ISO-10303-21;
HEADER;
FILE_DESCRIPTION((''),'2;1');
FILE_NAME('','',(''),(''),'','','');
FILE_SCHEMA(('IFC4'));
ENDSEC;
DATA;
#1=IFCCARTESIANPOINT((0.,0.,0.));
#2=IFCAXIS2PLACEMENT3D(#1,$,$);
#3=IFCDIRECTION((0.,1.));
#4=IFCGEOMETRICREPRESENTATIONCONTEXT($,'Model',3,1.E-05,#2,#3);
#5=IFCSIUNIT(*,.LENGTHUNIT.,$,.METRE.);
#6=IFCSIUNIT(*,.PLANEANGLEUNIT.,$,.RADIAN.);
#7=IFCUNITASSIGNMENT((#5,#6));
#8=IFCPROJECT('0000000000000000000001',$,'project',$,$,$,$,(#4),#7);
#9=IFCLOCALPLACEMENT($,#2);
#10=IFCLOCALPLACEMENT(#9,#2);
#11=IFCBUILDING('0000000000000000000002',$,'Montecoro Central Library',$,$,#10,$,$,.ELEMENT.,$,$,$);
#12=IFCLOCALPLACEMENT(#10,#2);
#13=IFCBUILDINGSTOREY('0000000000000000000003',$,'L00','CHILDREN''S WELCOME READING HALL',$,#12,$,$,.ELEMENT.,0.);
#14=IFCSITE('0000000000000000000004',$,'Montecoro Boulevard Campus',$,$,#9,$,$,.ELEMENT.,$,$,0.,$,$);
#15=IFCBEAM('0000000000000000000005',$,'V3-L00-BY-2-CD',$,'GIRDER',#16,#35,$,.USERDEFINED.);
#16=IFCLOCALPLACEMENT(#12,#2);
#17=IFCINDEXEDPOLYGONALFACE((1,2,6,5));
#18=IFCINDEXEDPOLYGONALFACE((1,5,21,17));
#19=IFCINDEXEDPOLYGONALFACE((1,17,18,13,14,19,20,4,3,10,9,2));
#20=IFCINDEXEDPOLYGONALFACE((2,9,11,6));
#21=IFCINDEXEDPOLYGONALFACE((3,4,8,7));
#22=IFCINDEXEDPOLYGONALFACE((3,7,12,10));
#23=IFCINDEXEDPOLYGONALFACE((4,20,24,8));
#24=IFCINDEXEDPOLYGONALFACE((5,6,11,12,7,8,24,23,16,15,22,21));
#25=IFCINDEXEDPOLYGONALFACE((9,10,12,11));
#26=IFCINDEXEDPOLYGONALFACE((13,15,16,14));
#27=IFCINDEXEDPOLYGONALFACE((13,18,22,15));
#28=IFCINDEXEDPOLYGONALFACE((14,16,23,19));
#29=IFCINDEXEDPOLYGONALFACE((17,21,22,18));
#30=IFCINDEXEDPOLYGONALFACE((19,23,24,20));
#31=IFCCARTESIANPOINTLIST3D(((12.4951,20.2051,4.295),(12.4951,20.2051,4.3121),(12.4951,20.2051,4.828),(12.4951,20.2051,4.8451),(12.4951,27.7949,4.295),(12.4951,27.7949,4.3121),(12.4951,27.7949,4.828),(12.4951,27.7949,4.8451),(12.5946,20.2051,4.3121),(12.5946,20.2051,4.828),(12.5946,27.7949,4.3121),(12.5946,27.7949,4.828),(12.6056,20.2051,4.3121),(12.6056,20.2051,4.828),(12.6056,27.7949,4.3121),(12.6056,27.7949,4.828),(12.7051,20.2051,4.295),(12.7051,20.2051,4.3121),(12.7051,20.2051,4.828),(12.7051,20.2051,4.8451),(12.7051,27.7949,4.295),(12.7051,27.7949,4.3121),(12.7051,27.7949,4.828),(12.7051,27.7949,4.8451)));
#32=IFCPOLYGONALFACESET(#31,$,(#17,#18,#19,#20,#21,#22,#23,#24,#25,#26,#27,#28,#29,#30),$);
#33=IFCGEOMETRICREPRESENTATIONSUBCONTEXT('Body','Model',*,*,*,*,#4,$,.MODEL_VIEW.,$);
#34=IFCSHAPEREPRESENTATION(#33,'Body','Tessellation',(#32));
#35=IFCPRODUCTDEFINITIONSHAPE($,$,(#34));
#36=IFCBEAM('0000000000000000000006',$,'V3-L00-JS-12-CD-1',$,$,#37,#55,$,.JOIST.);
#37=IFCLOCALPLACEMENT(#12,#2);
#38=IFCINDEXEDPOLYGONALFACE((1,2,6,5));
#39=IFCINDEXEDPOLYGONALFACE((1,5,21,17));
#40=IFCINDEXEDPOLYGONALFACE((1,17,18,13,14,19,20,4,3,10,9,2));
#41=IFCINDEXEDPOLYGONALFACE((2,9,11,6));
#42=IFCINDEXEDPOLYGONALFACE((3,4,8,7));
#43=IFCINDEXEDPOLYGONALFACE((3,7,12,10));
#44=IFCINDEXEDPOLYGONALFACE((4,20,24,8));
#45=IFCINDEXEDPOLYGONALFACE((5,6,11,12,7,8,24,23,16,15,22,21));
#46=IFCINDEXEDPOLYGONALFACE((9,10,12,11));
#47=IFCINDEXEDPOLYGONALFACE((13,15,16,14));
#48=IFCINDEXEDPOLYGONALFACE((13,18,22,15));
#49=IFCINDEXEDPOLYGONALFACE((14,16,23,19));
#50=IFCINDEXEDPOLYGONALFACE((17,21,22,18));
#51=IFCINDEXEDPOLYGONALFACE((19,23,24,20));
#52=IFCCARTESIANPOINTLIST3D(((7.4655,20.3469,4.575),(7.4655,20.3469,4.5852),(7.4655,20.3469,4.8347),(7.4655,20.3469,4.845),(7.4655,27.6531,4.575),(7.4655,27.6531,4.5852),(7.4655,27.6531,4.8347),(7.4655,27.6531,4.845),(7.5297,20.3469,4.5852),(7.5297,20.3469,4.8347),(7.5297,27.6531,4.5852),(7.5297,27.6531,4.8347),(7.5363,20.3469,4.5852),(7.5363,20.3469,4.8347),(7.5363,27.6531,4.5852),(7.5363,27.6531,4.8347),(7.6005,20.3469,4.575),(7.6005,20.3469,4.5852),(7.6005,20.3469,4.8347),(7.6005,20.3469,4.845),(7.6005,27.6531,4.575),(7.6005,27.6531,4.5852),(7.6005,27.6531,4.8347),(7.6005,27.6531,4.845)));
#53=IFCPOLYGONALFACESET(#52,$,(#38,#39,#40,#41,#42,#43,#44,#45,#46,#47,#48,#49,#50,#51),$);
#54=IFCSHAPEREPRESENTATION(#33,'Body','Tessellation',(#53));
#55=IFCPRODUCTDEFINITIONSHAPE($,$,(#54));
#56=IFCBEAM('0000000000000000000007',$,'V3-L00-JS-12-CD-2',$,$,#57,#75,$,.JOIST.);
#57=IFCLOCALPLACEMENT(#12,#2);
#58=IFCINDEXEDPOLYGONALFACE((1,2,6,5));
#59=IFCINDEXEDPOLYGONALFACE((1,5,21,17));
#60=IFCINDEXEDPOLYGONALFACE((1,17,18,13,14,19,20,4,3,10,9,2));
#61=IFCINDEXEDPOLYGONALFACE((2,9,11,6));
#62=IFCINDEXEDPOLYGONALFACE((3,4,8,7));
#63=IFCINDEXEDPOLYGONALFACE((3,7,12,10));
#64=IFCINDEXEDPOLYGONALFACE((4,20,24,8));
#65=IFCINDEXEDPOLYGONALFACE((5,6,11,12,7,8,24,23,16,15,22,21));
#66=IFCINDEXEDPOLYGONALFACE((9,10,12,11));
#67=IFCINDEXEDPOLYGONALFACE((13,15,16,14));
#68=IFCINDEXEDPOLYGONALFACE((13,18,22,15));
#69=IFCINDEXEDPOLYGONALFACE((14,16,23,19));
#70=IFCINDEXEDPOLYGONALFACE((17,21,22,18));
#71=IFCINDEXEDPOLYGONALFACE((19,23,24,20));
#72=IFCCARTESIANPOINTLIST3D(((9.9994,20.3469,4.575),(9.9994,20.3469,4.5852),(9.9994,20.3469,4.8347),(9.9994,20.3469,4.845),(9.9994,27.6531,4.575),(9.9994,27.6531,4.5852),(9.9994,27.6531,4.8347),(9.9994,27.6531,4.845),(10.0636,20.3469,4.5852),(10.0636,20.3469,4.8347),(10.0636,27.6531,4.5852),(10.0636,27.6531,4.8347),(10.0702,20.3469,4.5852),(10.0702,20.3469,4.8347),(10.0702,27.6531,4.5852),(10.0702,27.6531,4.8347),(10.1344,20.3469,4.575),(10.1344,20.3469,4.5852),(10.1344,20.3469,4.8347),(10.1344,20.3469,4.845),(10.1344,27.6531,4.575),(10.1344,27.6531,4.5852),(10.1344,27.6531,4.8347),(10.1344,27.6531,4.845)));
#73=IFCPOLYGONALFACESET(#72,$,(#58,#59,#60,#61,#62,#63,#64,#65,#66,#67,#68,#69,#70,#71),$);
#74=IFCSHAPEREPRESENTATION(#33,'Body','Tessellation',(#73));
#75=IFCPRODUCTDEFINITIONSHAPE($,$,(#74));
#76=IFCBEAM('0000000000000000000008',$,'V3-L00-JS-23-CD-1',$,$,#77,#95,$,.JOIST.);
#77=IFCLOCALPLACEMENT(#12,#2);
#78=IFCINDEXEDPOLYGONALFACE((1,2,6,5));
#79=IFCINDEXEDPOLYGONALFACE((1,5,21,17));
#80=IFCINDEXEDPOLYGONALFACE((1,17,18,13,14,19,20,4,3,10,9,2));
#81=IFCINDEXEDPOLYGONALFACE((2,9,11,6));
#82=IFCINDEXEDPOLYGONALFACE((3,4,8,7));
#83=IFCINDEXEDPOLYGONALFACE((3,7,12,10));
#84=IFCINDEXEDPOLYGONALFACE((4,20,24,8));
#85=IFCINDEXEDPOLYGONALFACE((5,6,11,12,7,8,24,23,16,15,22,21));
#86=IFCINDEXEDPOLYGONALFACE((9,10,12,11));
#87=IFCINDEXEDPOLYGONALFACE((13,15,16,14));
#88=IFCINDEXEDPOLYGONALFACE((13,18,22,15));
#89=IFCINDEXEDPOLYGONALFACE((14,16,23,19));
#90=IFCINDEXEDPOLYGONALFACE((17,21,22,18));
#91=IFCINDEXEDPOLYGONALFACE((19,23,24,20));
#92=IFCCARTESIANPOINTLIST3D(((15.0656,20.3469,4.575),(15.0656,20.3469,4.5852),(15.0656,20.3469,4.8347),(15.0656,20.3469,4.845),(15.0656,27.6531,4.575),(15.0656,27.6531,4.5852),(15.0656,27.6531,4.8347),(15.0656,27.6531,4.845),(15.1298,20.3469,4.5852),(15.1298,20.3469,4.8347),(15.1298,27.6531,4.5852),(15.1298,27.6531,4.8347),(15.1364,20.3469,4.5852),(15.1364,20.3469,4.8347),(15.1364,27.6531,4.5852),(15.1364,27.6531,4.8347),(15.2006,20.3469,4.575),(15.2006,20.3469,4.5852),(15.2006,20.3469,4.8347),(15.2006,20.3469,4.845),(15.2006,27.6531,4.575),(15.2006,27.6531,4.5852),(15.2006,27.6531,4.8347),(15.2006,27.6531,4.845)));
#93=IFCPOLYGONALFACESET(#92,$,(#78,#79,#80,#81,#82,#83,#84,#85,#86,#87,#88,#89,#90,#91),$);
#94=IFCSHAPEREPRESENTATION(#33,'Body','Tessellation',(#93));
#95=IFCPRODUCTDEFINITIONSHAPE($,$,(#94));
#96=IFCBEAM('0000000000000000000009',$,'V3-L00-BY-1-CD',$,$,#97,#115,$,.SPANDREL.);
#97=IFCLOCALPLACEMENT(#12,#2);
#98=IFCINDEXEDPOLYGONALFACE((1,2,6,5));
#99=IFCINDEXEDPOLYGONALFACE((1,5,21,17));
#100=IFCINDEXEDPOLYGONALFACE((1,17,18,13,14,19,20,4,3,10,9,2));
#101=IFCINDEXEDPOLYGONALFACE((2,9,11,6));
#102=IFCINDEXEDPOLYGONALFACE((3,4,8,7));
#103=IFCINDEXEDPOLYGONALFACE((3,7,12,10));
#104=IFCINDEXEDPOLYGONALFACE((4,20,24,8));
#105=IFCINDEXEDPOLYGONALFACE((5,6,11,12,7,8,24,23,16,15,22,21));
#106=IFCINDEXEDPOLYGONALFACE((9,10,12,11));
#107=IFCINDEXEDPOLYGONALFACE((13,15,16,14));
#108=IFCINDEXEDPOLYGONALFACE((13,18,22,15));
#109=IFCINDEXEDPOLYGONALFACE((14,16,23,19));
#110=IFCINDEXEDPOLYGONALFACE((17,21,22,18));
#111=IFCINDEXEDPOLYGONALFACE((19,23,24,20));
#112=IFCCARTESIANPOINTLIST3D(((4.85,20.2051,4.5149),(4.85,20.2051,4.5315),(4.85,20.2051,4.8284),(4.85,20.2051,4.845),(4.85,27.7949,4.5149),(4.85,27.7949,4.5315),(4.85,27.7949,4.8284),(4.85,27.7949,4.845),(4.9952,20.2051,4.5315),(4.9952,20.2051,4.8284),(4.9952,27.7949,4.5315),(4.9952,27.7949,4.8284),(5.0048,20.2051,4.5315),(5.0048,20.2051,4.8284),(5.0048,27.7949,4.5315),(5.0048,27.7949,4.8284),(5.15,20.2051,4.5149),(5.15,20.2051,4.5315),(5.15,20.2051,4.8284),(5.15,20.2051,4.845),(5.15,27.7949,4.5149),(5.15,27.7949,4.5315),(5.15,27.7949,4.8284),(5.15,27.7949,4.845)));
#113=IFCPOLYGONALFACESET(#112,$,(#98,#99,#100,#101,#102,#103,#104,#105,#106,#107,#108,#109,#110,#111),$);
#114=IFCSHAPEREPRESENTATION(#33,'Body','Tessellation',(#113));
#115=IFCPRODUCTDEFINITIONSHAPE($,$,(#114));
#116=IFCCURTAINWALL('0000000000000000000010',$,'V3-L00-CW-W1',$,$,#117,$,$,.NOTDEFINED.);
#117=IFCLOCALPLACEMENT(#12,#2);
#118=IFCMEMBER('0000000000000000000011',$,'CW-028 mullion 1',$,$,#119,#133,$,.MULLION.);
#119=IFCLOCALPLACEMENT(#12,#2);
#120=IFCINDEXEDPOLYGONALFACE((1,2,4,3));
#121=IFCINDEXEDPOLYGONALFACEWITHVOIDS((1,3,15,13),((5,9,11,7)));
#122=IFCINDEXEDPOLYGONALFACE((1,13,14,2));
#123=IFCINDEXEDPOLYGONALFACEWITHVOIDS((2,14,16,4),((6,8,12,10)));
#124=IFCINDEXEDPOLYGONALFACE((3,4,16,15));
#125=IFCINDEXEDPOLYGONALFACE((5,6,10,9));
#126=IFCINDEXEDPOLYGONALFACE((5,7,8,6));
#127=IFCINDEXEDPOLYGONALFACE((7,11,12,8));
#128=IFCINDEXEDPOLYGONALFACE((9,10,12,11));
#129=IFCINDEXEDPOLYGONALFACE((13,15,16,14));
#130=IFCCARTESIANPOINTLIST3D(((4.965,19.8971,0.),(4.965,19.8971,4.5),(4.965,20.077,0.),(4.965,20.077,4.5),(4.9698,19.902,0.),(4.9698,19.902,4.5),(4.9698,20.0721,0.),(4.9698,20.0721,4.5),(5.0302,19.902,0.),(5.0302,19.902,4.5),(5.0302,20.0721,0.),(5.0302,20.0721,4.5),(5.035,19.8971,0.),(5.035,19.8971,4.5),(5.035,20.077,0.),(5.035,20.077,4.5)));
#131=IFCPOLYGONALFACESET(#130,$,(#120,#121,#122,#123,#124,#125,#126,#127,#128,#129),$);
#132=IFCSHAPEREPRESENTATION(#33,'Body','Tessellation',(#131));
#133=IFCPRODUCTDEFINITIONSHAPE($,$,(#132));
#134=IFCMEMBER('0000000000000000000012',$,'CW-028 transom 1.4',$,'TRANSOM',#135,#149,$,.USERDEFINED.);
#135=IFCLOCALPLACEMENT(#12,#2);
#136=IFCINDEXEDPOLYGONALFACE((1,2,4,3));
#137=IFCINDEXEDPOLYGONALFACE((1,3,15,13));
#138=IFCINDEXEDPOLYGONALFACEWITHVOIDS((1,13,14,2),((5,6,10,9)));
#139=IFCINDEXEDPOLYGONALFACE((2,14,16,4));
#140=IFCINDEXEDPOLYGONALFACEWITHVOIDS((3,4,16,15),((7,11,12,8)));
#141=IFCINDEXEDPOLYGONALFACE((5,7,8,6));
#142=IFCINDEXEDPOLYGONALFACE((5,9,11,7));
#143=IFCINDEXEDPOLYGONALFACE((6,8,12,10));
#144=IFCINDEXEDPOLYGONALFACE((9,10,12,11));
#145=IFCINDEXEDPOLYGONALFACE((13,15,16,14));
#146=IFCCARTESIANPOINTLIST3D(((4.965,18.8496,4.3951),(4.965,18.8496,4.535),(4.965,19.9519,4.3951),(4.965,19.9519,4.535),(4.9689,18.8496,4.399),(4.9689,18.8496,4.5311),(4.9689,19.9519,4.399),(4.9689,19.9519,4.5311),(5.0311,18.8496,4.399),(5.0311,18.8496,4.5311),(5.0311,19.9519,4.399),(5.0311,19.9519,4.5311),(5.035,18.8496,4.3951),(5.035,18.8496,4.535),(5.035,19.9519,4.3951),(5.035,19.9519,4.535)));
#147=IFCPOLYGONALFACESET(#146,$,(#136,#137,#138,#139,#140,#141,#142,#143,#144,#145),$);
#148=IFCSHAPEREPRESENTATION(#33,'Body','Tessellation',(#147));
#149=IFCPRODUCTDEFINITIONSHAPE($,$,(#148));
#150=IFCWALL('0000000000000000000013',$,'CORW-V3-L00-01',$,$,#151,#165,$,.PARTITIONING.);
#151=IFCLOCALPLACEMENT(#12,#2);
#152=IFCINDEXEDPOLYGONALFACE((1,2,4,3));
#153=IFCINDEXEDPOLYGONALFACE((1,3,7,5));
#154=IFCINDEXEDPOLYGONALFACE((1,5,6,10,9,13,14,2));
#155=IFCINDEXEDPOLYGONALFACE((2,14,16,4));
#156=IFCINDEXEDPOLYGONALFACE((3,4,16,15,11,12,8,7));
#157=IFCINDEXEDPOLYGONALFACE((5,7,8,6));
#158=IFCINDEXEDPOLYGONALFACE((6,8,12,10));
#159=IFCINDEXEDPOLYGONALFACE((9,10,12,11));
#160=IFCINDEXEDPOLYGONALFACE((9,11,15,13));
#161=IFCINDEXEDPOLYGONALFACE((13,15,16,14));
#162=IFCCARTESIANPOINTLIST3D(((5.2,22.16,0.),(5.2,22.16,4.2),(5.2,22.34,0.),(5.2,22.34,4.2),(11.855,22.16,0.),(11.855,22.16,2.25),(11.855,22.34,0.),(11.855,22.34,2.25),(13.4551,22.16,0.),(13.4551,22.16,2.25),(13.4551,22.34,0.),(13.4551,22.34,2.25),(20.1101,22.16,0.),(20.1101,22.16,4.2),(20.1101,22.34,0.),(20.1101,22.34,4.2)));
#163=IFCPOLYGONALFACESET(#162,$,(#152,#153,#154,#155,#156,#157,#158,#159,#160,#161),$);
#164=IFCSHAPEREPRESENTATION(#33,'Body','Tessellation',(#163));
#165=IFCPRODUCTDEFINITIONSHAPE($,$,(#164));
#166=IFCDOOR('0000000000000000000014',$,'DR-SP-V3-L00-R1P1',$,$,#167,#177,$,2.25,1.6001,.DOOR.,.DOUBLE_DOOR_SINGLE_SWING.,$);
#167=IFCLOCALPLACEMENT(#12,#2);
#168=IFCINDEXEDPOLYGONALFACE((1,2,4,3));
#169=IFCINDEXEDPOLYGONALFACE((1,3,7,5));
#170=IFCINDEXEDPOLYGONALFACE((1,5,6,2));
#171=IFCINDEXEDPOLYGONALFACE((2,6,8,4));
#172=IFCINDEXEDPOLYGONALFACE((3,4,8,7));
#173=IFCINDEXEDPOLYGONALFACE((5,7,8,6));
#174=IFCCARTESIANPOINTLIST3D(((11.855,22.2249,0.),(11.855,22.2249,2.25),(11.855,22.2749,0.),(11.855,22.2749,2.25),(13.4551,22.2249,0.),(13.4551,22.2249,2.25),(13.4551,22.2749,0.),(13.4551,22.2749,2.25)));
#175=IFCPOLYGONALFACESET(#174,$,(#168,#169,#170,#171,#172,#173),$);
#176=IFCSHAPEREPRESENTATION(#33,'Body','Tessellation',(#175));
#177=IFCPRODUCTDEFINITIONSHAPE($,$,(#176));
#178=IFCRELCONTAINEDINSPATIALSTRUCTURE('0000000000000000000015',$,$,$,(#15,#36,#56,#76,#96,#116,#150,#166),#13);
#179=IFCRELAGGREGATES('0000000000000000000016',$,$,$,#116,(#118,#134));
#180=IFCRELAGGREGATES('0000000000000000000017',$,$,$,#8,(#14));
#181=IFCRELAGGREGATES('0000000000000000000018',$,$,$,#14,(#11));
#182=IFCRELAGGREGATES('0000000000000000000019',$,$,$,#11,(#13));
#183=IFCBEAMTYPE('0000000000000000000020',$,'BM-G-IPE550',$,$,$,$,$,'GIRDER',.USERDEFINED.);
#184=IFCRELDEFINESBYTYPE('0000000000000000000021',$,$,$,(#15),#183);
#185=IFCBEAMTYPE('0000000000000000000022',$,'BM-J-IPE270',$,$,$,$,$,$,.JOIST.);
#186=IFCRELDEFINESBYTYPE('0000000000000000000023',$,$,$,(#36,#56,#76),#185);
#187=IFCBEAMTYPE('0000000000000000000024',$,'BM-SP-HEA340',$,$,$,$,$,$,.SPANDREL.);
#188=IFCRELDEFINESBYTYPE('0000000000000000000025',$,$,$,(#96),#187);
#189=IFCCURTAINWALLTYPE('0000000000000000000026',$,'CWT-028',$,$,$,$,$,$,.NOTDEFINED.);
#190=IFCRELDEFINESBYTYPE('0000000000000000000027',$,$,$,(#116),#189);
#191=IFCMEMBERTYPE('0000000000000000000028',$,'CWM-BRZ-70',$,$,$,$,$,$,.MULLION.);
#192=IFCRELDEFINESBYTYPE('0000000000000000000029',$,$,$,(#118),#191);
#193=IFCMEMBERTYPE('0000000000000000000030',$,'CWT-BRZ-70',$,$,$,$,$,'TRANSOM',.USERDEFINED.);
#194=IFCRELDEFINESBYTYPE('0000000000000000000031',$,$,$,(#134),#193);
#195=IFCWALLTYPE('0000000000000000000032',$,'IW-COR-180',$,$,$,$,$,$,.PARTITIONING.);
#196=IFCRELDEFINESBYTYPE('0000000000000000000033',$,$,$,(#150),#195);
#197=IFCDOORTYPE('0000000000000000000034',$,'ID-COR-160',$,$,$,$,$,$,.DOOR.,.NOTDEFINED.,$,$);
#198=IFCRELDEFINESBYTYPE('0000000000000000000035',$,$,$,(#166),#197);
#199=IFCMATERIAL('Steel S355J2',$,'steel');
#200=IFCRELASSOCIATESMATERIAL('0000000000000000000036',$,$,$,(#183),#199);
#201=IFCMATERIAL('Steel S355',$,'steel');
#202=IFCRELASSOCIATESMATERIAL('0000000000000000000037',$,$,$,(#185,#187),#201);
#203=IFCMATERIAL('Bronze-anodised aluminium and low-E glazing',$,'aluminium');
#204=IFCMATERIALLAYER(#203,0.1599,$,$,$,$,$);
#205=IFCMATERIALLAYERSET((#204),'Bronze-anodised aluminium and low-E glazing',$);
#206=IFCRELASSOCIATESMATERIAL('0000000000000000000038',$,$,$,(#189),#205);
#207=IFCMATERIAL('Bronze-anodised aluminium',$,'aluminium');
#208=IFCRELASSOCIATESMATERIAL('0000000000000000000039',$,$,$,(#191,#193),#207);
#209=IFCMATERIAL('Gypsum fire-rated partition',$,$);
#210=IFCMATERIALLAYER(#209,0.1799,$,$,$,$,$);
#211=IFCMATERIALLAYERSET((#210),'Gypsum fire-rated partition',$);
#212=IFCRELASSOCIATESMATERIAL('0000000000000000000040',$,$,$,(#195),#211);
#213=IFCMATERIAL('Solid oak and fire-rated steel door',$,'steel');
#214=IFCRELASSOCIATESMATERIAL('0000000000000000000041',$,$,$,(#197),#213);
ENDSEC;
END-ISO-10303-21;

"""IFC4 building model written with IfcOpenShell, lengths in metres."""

from ifc_helpers import new_model, si_unit, direction, frame, frame_2d, origin, origin_2d, place, context, subcontext, project, spatial, rectangle, hollow_rectangle, i_section, extrude, material, layer, layer_set, material_profile, profile_set, type_object, element, fill, aggregate, save


model = new_model("IFC4")

# Units and contexts
model_context = context("Model", 3, precision=1e-05, world=origin(), true_north=direction((0.0, 1.0)))
body_context = subcontext(model_context, "Body", "Model", "MODEL_VIEW")
ifc_project = project(units=[si_unit("LENGTHUNIT", "METRE"), si_unit("PLANEANGLEUNIT", "RADIAN")], contexts=[model_context])

# Site, building, storey
site_placement = place(None, origin())
site = spatial("IfcSite", under=ifc_project, at=site_placement, Name="Montecoro Boulevard Campus", CompositionType="ELEMENT", RefElevation=0.0)
building_placement = place(site_placement, origin())
building = spatial("IfcBuilding", under=site, at=building_placement, Name="Montecoro Central Library", CompositionType="ELEMENT")
storey_placement = place(building_placement, origin())
storey = spatial("IfcBuildingStorey", under=building, at=storey_placement, Name="L00", Description="CHILDREN'S WELCOME READING HALL", CompositionType="ELEMENT", Elevation=0.0)

# Shared definitions
ifc_material_1 = material(Name="Steel S355", Category="steel")

# Beams
ifc_material_2 = material(Name="Steel S355J2", Category="steel")
ifc_material_profile_1 = material_profile(ifc_material_2, i_section(OverallWidth=0.21, OverallDepth=0.55, WebThickness=0.011, FlangeThickness=0.0171, at=origin_2d()), Name="IPE 550")
ifc_profile_set_1 = profile_set([ifc_material_profile_1], Name="Steel S355J2")
beam_type_1 = type_object("IfcBeamType", Name="BM-G-IPE550", ElementType="GIRDER", PredefinedType="USERDEFINED", material=ifc_profile_set_1)
beam_1_placement = place(storey_placement, frame((12.6001, 20.2051, 4.5701), z_axis=(0.0, 1.0, 0.0), x_axis=(-1.0, 0.0, 0.0)))
element("IfcBeam", 1, at=beam_1_placement, inside=storey, type_object=beam_type_1, Name="V3-L00-BY-2-CD", ObjectType="GIRDER", PredefinedType="USERDEFINED", context=body_context, shape_type="SweptSolid", body=[
    extrude(i_section(OverallWidth=0.21, OverallDepth=0.55, WebThickness=0.011, FlangeThickness=0.0171, at=origin_2d()), origin(), (0.0, 0.0, 1.0), 7.5898),
])
ifc_material_profile_2 = material_profile(ifc_material_1, i_section(OverallWidth=0.135, OverallDepth=0.27, WebThickness=0.0066, FlangeThickness=0.0103, at=origin_2d()), Name="IPE 270")
ifc_profile_set_2 = profile_set([ifc_material_profile_2], Name="Steel S355")
beam_type_2 = type_object("IfcBeamType", Name="BM-J-IPE270", PredefinedType="JOIST", material=ifc_profile_set_2)
for number, where, z_axis, x_axis, name in (
    (2, (7.533, 20.3469, 4.71), (0.0, 1.0, 0.0), (-1.0, 0.0, 0.0), "V3-L00-JS-12-CD-1"),
    (3, (10.0669, 20.3469, 4.71), (0.0, 1.0, 0.0), (-1.0, 0.0, 0.0), "V3-L00-JS-12-CD-2"),
    (4, (15.1331, 20.3469, 4.71), (0.0, 1.0, 0.0), (-1.0, 0.0, 0.0), "V3-L00-JS-23-CD-1"),
):
    element("IfcBeam", number, at=place(storey_placement, frame(where, z_axis=z_axis, x_axis=x_axis)), inside=storey, type_object=beam_type_2, Name=name, PredefinedType="JOIST", context=body_context, shape_type="SweptSolid", body=[
        extrude(i_section(OverallWidth=0.135, OverallDepth=0.27, WebThickness=0.0066, FlangeThickness=0.0103, at=origin_2d()), origin(), (0.0, 0.0, 1.0), 7.3062),
    ])
ifc_material_profile_3 = material_profile(ifc_material_1, i_section(OverallWidth=0.3, OverallDepth=0.3301, WebThickness=0.0095, FlangeThickness=0.0166, at=origin_2d()), Name="HEA 340")
ifc_profile_set_3 = profile_set([ifc_material_profile_3], Name="Steel S355")
beam_type_3 = type_object("IfcBeamType", Name="BM-SP-HEA340", PredefinedType="SPANDREL", material=ifc_profile_set_3)
beam_2_placement = place(storey_placement, frame((5.0, 20.2051, 4.6799), z_axis=(0.0, 1.0, 0.0), x_axis=(-1.0, 0.0, 0.0)))
element("IfcBeam", 5, at=beam_2_placement, inside=storey, type_object=beam_type_3, Name="V3-L00-BY-1-CD", PredefinedType="SPANDREL", context=body_context, shape_type="SweptSolid", body=[
    extrude(i_section(OverallWidth=0.3, OverallDepth=0.3301, WebThickness=0.0095, FlangeThickness=0.0166, at=origin_2d()), origin(), (0.0, 0.0, 1.0), 7.5898),
])

# Curtain wall, members
ifc_material_3 = material(Name="Bronze-anodised aluminium and low-E glazing", Category="aluminium")
ifc_layer_1 = layer(ifc_material_3, 0.1599)
ifc_layer_set_1 = layer_set([ifc_layer_1], Name="Bronze-anodised aluminium and low-E glazing")
curtain_wall_type = type_object("IfcCurtainWallType", Name="CWT-028", PredefinedType="NOTDEFINED", material=ifc_layer_set_1)
curtain_wall_placement = place(storey_placement, origin())
curtain_wall = element("IfcCurtainWall", 6, at=curtain_wall_placement, inside=storey, type_object=curtain_wall_type, Name="V3-L00-CW-W1", PredefinedType="NOTDEFINED")
ifc_material_4 = material(Name="Bronze-anodised aluminium", Category="aluminium")
ifc_material_profile_4 = material_profile(ifc_material_4, hollow_rectangle(XDim=0.0701, YDim=0.1799, WallThickness=0.0049, at=origin_2d()), Name="CWM 180x70x5.0")
ifc_profile_set_4 = profile_set([ifc_material_profile_4], Name="Bronze-anodised aluminium")
member_type_1 = type_object("IfcMemberType", Name="CWM-BRZ-70", PredefinedType="MULLION", material=ifc_profile_set_4)
member_1_placement = place(storey_placement, frame((5.0, 19.9871, 0.0), z_axis=(0.0, 0.0, 1.0), x_axis=(1.0, 0.0, 0.0)))
member_1 = element("IfcMember", 7, at=member_1_placement, type_object=member_type_1, Name="CW-028 mullion 1", PredefinedType="MULLION", context=body_context, shape_type="SweptSolid", body=[
    extrude(hollow_rectangle(XDim=0.0701, YDim=0.1799, WallThickness=0.0049, at=origin_2d()), origin(), (0.0, 0.0, 1.0), 4.5),
])
ifc_material_profile_5 = material_profile(ifc_material_4, hollow_rectangle(XDim=0.0701, YDim=0.1399, WallThickness=0.0039, at=origin_2d()), Name="CWT 140x70x4.0")
ifc_profile_set_5 = profile_set([ifc_material_profile_5], Name="Bronze-anodised aluminium")
member_type_2 = type_object("IfcMemberType", Name="CWT-BRZ-70", ElementType="TRANSOM", PredefinedType="USERDEFINED", material=ifc_profile_set_5)
member_2_placement = place(storey_placement, frame((5.0, 19.9519, 4.4651), z_axis=(0.0, -1.0, 0.0), x_axis=(1.0, 0.0, 0.0)))
member_2 = element("IfcMember", 8, at=member_2_placement, type_object=member_type_2, Name="CW-028 transom 1.4", ObjectType="TRANSOM", PredefinedType="USERDEFINED", context=body_context, shape_type="SweptSolid", body=[
    extrude(hollow_rectangle(XDim=0.0701, YDim=0.1399, WallThickness=0.0039, at=origin_2d()), origin(), (0.0, 0.0, 1.0), 1.1023),
])
aggregate(curtain_wall, [member_1, member_2])

# Wall, opening, door
ifc_material_5 = material(Name="Gypsum fire-rated partition")
ifc_layer_2 = layer(ifc_material_5, 0.1799)
ifc_layer_set_2 = layer_set([ifc_layer_2], Name="Gypsum fire-rated partition")
wall_type = type_object("IfcWallType", Name="IW-COR-180", PredefinedType="PARTITIONING", material=ifc_layer_set_2)
wall_placement = place(storey_placement, frame((5.2, 22.25, 0.0), z_axis=(0.0, 0.0, 1.0), x_axis=(1.0, 0.0, 0.0)))
wall = element("IfcWall", 9, at=wall_placement, inside=storey, type_object=wall_type, Name="CORW-V3-L00-01", PredefinedType="PARTITIONING", context=body_context, shape_type="SweptSolid", body=[
    extrude(rectangle(XDim=14.9102, YDim=0.1799, at=frame_2d((7.4551, 0.0))), origin(), (0.0, 0.0, 1.0), 4.2),
])
opening_placement = place(wall_placement, frame((6.655, 0.0, 0.0)))
opening = element("IfcOpeningElement", 10, at=opening_placement, cuts=wall, PredefinedType="OPENING", context=body_context, shape_type="SweptSolid", body=[
    extrude(rectangle(XDim=1.6001, YDim=2.25, at=frame_2d((0.8, 1.125))), frame((0.0, 0.0999, 0.0), z_axis=(0.0, -1.0, 0.0), x_axis=(1.0, 0.0, 0.0)), (0.0, 0.0, 1.0), 0.2),
])
ifc_material_6 = material(Name="Solid oak and fire-rated steel door", Category="steel")
door_type = type_object("IfcDoorType", Name="ID-COR-160", OperationType="NOTDEFINED", PredefinedType="DOOR", material=ifc_material_6)
door_placement = place(opening_placement, origin())
door = element("IfcDoor", 11, at=door_placement, inside=storey, type_object=door_type, Name="DR-SP-V3-L00-R1P1", OperationType="DOUBLE_DOOR_SINGLE_SWING", OverallHeight=2.25, OverallWidth=1.6001, PredefinedType="DOOR", context=body_context, shape_type="SweptSolid", body=[
    extrude(rectangle(XDim=1.6001, YDim=2.25, at=frame_2d((0.8, 1.125))), frame((0.0, 0.0249, 0.0), z_axis=(0.0, -1.0, 0.0), x_axis=(1.0, 0.0, 0.0)), (0.0, 0.0, 1.0), 0.05),
])
fill(opening, door)

save(model, "model.ifc")
